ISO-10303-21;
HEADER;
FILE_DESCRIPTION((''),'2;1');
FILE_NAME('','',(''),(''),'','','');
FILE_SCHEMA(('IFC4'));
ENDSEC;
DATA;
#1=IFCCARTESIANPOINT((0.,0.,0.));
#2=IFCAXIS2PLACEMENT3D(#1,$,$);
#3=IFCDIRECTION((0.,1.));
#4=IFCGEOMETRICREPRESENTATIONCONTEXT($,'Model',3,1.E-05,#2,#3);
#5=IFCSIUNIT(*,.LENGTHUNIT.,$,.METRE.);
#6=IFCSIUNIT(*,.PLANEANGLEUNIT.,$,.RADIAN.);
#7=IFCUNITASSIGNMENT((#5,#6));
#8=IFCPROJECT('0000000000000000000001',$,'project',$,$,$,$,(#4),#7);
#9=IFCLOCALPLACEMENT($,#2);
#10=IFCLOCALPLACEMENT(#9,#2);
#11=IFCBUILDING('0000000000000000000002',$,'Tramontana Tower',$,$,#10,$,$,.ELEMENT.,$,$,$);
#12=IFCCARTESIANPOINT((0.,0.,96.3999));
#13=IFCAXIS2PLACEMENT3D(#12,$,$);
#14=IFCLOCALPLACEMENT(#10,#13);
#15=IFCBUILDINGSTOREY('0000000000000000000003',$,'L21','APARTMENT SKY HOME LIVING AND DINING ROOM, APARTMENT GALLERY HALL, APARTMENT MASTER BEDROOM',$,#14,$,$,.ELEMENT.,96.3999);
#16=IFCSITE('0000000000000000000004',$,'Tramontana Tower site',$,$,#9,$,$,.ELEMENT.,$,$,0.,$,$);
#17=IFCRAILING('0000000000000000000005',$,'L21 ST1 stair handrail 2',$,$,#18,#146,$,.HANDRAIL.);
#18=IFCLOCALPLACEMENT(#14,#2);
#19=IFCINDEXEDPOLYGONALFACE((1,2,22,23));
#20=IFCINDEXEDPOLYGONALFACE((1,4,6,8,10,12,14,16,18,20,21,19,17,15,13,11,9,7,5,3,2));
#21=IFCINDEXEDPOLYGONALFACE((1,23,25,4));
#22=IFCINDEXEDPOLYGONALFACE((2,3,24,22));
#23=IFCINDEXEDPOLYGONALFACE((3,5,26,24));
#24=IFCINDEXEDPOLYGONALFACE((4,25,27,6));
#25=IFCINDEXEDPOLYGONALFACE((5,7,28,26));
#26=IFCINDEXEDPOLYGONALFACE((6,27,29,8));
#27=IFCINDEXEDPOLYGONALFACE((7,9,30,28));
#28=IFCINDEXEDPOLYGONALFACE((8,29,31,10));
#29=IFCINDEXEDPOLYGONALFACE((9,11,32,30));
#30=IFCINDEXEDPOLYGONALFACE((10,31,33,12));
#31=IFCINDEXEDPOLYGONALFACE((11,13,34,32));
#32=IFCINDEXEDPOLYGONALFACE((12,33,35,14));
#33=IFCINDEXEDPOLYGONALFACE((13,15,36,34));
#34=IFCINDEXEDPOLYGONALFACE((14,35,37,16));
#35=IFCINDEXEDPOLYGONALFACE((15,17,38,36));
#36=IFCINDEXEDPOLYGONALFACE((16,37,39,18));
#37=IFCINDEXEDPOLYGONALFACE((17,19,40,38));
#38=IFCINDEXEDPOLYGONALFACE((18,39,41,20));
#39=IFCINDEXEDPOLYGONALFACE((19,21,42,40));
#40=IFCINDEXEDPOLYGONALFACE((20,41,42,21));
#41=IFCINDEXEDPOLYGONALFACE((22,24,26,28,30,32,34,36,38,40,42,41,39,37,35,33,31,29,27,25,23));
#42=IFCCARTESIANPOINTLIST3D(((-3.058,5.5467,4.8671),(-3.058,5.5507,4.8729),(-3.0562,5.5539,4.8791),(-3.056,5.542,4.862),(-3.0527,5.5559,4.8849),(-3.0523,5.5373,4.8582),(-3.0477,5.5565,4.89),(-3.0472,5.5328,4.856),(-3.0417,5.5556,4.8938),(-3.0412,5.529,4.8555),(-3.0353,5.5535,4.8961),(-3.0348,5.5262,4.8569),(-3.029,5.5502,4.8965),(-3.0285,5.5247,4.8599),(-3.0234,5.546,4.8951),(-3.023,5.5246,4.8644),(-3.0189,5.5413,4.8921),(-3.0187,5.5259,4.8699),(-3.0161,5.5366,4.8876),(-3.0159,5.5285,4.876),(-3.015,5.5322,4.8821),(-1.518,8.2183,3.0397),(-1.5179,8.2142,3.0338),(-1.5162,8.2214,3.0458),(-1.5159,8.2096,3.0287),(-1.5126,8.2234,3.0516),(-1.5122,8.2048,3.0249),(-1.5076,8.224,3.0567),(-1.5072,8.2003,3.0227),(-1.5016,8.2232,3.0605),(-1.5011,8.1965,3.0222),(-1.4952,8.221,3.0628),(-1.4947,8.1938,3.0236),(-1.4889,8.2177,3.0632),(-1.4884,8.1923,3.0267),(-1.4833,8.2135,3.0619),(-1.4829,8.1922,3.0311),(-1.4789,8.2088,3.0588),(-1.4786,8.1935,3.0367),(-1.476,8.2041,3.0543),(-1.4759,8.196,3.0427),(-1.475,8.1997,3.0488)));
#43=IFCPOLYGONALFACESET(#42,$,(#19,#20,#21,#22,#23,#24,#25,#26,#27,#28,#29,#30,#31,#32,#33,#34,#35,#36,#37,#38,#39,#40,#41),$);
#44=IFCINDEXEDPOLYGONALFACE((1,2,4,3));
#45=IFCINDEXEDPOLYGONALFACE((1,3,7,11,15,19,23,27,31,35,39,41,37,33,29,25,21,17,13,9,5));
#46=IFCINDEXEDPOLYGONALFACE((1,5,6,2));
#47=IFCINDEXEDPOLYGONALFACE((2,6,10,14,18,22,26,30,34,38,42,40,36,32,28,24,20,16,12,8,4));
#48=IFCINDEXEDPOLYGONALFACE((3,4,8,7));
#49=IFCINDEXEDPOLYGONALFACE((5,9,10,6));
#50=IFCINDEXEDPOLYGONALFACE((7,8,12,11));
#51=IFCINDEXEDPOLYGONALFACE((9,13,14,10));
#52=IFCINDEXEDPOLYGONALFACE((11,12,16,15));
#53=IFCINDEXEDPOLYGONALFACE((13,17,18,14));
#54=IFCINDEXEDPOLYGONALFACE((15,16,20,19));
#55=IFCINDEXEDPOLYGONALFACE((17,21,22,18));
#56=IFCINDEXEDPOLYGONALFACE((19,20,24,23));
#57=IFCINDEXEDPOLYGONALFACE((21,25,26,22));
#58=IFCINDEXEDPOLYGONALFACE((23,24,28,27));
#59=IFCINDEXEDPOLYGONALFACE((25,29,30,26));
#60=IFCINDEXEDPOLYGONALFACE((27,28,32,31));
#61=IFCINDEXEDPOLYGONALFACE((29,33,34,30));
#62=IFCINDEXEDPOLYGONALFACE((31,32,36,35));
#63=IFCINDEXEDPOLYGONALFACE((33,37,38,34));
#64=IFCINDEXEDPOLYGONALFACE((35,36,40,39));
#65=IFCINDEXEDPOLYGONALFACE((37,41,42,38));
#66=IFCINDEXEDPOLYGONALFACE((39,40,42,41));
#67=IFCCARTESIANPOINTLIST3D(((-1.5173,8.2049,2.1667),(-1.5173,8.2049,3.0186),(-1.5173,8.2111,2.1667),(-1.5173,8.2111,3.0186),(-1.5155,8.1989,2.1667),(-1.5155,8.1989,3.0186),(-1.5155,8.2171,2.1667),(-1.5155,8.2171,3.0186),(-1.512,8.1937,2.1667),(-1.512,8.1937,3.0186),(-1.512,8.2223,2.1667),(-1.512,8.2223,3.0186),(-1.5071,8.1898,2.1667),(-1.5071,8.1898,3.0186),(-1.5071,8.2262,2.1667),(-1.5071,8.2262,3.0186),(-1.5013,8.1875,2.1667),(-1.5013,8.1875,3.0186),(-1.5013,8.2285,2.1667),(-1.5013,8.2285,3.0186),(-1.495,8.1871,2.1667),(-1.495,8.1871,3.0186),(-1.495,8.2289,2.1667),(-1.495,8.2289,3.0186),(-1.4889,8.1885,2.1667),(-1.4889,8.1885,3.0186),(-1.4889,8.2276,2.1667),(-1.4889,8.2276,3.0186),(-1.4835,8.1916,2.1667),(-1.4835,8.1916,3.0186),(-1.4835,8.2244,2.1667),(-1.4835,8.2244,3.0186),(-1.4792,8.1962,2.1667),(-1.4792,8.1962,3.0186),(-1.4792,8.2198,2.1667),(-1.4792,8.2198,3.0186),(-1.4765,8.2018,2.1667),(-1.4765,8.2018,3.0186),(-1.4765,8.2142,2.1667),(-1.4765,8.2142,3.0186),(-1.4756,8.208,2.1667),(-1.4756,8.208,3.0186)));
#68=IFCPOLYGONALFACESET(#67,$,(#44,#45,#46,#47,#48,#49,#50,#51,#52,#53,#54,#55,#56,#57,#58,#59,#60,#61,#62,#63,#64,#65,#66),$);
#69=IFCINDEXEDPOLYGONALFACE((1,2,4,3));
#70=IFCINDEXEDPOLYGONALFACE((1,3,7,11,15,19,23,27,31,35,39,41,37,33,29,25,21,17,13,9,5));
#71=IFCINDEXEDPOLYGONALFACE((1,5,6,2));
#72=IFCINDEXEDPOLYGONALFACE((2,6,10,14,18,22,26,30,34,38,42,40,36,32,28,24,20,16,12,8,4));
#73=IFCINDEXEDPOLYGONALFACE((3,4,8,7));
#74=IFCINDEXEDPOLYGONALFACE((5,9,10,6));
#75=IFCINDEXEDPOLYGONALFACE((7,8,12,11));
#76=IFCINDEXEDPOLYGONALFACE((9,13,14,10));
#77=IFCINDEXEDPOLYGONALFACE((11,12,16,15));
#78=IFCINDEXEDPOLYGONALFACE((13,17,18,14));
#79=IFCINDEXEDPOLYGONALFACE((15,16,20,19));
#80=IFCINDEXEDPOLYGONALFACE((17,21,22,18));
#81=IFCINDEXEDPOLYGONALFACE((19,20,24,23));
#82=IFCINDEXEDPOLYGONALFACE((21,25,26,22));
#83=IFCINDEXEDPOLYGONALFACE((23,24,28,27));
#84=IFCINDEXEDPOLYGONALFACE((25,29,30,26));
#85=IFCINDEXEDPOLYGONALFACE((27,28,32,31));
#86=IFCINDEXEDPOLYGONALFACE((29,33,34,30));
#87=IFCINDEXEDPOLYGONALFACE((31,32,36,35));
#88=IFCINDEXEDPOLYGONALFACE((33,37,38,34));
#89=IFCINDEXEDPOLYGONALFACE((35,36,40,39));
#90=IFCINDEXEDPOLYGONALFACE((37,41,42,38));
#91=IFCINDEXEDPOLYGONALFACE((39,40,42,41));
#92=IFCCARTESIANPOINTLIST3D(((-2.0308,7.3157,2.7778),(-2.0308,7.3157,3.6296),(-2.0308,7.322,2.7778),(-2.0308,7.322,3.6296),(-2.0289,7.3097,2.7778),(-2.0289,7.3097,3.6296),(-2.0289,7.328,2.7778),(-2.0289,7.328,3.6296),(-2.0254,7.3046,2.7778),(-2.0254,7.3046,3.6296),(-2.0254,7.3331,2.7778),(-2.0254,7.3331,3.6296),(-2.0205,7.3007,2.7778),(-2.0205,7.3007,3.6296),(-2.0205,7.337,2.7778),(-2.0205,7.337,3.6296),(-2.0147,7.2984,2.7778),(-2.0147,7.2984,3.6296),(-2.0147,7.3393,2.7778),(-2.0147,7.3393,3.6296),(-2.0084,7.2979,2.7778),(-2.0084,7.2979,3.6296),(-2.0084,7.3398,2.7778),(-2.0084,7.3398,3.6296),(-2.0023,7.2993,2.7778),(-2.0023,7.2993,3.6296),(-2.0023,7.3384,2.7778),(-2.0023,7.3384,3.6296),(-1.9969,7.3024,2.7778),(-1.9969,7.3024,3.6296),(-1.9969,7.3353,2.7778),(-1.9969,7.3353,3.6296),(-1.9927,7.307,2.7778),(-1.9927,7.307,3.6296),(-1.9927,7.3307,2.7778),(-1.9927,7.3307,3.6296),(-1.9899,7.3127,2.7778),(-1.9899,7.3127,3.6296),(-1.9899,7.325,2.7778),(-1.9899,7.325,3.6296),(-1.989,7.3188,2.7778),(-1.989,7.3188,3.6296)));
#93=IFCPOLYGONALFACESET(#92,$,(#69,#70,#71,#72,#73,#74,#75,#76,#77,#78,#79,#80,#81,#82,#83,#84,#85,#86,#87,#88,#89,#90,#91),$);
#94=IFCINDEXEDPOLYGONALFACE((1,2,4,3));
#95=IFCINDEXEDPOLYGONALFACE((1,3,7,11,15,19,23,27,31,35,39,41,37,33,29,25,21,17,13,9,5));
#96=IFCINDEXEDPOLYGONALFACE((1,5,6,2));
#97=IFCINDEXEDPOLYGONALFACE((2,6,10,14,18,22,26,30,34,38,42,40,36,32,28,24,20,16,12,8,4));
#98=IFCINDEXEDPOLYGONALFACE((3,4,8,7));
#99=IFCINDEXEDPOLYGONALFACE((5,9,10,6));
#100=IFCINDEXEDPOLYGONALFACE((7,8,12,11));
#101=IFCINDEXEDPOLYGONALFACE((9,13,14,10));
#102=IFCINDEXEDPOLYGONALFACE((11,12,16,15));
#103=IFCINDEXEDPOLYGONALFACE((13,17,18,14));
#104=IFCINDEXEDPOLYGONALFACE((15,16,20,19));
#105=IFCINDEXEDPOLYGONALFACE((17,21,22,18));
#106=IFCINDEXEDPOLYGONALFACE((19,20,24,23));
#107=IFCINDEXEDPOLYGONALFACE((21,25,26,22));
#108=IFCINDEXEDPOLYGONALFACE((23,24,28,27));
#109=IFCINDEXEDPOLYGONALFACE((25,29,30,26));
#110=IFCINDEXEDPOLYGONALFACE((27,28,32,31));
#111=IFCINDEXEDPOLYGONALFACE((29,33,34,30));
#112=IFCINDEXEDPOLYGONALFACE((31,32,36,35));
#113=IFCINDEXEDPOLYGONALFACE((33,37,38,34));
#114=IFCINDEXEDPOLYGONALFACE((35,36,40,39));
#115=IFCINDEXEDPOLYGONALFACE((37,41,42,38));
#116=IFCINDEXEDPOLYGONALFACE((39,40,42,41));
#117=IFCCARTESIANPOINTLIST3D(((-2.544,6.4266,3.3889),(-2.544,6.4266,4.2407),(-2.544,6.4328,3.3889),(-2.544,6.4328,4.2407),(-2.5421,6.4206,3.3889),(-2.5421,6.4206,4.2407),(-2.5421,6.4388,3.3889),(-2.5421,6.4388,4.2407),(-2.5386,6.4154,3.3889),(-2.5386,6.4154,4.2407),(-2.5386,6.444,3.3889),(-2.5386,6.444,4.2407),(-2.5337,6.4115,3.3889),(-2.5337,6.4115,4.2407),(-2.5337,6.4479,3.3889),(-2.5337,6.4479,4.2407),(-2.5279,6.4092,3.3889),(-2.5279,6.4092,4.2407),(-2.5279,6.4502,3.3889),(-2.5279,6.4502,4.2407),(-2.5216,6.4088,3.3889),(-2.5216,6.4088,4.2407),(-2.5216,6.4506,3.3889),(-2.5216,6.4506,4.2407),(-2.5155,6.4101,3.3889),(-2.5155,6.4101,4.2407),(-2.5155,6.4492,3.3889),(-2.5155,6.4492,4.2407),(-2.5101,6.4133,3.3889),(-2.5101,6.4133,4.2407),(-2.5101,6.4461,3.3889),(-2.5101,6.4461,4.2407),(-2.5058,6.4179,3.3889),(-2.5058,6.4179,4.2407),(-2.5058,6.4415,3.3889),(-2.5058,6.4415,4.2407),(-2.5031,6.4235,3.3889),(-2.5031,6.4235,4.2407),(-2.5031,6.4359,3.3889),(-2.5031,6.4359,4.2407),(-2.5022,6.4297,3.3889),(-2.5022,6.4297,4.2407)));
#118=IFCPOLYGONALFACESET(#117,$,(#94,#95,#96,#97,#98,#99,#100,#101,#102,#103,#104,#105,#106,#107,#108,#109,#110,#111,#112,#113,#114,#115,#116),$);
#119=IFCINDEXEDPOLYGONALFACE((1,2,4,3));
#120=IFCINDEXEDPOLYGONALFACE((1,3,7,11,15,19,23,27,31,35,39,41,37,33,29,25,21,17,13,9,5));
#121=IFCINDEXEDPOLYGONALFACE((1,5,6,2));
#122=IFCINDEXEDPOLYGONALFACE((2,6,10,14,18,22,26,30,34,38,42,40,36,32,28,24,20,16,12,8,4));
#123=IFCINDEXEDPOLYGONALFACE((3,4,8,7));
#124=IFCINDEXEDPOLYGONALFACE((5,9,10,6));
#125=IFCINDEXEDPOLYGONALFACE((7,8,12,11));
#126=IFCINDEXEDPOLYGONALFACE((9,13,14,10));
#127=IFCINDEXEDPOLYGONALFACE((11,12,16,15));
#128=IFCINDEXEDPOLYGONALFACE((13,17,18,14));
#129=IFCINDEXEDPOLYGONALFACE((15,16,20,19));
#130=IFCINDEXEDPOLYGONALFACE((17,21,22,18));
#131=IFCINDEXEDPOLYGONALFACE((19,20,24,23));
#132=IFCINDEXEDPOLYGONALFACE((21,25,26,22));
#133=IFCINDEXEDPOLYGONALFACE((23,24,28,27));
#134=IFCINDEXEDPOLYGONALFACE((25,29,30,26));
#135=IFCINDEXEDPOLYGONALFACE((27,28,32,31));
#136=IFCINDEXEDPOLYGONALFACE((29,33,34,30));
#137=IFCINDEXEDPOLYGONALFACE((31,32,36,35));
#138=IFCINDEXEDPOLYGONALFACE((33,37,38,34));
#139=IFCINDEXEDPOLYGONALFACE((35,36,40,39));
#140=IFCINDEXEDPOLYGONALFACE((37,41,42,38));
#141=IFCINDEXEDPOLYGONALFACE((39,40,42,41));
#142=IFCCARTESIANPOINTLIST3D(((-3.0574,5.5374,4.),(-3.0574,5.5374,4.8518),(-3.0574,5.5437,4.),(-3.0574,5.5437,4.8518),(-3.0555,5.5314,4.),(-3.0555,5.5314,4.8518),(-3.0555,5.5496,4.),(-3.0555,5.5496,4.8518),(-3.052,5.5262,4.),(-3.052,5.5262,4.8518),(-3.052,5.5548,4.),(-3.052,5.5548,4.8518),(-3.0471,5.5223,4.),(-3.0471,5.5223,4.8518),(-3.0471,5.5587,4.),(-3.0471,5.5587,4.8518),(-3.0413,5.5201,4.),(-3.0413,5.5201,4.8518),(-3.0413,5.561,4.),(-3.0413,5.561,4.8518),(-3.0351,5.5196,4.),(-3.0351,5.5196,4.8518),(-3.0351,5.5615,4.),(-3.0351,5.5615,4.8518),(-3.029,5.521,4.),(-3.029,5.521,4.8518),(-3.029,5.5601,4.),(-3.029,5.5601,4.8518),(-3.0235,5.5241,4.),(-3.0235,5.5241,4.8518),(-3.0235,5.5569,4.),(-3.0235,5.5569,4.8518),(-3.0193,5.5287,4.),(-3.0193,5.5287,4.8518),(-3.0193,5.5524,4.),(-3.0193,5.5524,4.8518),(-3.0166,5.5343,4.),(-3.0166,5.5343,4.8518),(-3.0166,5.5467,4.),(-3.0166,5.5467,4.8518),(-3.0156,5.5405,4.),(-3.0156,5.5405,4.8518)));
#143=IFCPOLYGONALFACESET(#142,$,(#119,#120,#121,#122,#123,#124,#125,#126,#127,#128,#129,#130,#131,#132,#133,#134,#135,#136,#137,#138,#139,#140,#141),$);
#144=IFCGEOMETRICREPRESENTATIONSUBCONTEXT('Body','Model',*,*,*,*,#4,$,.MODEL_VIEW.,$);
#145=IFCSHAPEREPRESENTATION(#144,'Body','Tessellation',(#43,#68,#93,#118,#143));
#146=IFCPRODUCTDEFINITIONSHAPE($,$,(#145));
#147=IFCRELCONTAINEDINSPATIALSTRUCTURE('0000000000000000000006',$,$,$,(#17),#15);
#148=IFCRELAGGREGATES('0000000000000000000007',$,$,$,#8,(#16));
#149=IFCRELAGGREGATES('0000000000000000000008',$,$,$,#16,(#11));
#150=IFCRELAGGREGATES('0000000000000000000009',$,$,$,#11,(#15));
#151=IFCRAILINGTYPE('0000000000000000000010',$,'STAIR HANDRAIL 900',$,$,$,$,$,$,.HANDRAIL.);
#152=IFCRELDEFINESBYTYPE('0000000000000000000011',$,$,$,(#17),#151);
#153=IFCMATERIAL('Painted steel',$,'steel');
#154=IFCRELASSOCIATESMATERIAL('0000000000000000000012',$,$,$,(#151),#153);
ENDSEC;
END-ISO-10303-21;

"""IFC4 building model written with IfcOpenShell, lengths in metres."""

from ifc_helpers import new_model, si_unit, direction, frame, origin, origin_2d, place, context, subcontext, project, spatial, circle, extrude, material, type_object, element, save


model = new_model("IFC4")

# Units and contexts
model_context = context("Model", 3, precision=1e-05, world=origin(), true_north=direction((0.0, 1.0)))
body_context = subcontext(model_context, "Body", "Model", "MODEL_VIEW")
ifc_project = project(units=[si_unit("LENGTHUNIT", "METRE"), si_unit("PLANEANGLEUNIT", "RADIAN")], contexts=[model_context])

# Site, building, storey
site_placement = place(None, origin())
site = spatial("IfcSite", under=ifc_project, at=site_placement, Name="Tramontana Tower site", CompositionType="ELEMENT", RefElevation=0.0)
building_placement = place(site_placement, origin())
building = spatial("IfcBuilding", under=site, at=building_placement, Name="Tramontana Tower", CompositionType="ELEMENT")
storey_placement = place(building_placement, frame((0.0, 0.0, 96.3999)))
storey = spatial("IfcBuildingStorey", under=building, at=storey_placement, Name="L21", Description="APARTMENT SKY HOME LIVING AND DINING ROOM, APARTMENT GALLERY HALL, APARTMENT MASTER BEDROOM", CompositionType="ELEMENT", Elevation=96.3999)

# Railing
ifc_material_1 = material(Name="Painted steel", Category="steel")
railing_type_1 = type_object("IfcRailingType", Name="STAIR HANDRAIL 900", PredefinedType="HANDRAIL", material=ifc_material_1)
railing_1_placement = place(storey_placement, frame((-1.4966, 8.208, 2.1667)))
element("IfcRailing", 1, at=railing_1_placement, inside=storey, type_object=railing_type_1, Name="L21 ST1 stair handrail 2", PredefinedType="HANDRAIL", context=body_context, shape_type="SweptSolid", body=[
    extrude(circle(Radius=0.0239, at=origin_2d()), frame((0.0, 0.0, 0.876), z_axis=(-0.429649, -0.74419, 0.511452), x_axis=(0.86603, -0.499992, 0.0)), (0.0, 0.0, 1.0), 3.5845),
    extrude(circle(Radius=0.021, at=origin_2d()), origin(), (0.0, 0.0, 1.0), 0.8518),
    extrude(circle(Radius=0.021, at=origin_2d()), frame((-0.5134, -0.8892, 0.6111)), (0.0, 0.0, 1.0), 0.8518),
    extrude(circle(Radius=0.021, at=origin_2d()), frame((-1.0266, -1.7783, 1.2222)), (0.0, 0.0, 1.0), 0.8518),
    extrude(circle(Radius=0.021, at=origin_2d()), frame((-1.54, -2.6675, 1.8333)), (0.0, 0.0, 1.0), 0.8518),
])

save(model, "model.ifc")
